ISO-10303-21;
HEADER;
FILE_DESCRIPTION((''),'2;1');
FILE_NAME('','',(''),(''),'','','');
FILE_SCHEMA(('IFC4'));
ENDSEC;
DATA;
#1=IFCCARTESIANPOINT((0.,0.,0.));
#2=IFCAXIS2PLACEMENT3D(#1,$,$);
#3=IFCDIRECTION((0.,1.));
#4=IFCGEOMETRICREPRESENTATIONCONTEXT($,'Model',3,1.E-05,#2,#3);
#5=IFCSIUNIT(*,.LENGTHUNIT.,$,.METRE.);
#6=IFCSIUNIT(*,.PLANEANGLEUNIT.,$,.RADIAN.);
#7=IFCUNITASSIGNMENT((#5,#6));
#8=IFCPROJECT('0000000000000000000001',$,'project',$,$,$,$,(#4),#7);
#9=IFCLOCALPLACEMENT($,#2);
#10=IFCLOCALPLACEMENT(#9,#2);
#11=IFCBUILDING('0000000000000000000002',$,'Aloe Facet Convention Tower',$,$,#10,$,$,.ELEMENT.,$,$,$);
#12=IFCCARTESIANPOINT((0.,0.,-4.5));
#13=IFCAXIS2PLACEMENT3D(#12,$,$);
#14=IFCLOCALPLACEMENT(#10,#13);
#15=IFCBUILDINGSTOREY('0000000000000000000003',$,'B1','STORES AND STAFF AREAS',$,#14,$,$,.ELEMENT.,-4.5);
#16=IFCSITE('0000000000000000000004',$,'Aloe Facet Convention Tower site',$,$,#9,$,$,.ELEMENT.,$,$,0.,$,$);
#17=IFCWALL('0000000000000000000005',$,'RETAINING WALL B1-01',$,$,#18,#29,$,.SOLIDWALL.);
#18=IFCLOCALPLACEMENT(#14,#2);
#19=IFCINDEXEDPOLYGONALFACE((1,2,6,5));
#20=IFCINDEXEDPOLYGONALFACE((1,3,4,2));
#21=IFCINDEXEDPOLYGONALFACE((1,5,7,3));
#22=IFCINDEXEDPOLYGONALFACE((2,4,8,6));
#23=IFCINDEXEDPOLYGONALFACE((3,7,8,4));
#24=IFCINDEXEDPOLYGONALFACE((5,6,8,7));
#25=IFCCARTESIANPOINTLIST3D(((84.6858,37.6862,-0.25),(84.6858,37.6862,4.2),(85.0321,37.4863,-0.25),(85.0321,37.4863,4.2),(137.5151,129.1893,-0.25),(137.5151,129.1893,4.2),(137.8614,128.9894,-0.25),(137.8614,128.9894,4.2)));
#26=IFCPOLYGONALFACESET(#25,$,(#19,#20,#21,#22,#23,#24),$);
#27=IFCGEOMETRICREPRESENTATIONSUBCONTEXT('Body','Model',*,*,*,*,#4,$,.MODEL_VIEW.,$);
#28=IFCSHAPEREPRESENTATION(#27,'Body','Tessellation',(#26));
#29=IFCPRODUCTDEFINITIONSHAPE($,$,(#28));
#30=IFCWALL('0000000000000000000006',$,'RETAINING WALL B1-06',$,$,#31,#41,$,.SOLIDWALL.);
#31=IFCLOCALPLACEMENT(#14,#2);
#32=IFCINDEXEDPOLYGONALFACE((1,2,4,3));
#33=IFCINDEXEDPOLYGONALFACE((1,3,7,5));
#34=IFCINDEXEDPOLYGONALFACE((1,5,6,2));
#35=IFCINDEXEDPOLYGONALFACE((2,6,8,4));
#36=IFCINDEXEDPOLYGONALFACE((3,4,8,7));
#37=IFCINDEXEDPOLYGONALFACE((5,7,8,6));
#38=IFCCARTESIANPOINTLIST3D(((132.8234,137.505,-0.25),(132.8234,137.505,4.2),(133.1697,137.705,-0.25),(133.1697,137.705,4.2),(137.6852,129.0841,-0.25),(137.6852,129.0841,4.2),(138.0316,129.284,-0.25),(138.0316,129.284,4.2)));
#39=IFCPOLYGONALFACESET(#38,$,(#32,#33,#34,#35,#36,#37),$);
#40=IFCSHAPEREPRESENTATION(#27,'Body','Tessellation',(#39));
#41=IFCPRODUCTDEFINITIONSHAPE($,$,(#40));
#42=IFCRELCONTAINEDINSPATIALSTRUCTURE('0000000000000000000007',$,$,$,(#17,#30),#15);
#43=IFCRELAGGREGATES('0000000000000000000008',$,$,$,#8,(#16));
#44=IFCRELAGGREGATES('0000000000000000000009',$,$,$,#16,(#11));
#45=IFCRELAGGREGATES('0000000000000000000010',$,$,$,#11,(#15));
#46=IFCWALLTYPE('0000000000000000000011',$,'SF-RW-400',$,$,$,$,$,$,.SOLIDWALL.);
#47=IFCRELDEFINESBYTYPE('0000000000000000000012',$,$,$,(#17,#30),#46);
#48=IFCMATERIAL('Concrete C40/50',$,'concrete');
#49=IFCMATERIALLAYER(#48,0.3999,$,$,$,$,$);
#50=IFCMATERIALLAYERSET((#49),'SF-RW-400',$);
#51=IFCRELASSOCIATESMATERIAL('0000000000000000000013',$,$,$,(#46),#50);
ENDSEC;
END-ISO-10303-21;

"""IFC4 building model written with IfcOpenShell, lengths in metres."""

from ifc_helpers import new_model, si_unit, direction, frame, frame_2d, origin, place, context, subcontext, project, spatial, rectangle, extrude, material, layer, layer_set, type_object, element, save


model = new_model("IFC4")

# Units and contexts
model_context = context("Model", 3, precision=1e-05, world=origin(), true_north=direction((0.0, 1.0)))
body_context = subcontext(model_context, "Body", "Model", "MODEL_VIEW")
ifc_project = project(units=[si_unit("LENGTHUNIT", "METRE"), si_unit("PLANEANGLEUNIT", "RADIAN")], contexts=[model_context])

# Site, building, storey
site_placement = place(None, origin())
site = spatial("IfcSite", under=ifc_project, at=site_placement, Name="Aloe Facet Convention Tower site", CompositionType="ELEMENT", RefElevation=0.0)
building_placement = place(site_placement, origin())
building = spatial("IfcBuilding", under=site, at=building_placement, Name="Aloe Facet Convention Tower", CompositionType="ELEMENT")
storey_placement = place(building_placement, frame((0.0, 0.0, -4.5)))
storey = spatial("IfcBuildingStorey", under=building, at=storey_placement, Name="B1", Description="STORES AND STAFF AREAS", CompositionType="ELEMENT", Elevation=-4.5)

# Walls
ifc_material_1 = material(Name="Concrete C40/50", Category="concrete")
ifc_layer = layer(ifc_material_1, 0.3999)
ifc_layer_set = layer_set([ifc_layer], Name="SF-RW-400")
wall_type = type_object("IfcWallType", Name="SF-RW-400", PredefinedType="SOLIDWALL", material=ifc_layer_set)
wall_1_placement = place(storey_placement, frame((137.6882, 129.0894, -0.25), z_axis=(0.0, 0.0, 1.0), x_axis=(-0.5, -0.866026, 0.0)))
element("IfcWall", 1, at=wall_1_placement, inside=storey, type_object=wall_type, Name="RETAINING WALL B1-01", PredefinedType="SOLIDWALL", context=body_context, shape_type="SweptSolid", body=[
    extrude(rectangle(XDim=105.6587, YDim=0.3999, at=frame_2d((52.8293, 0.0))), origin(), (0.0, 0.0, 1.0), 4.45),
])
wall_2_placement = place(storey_placement, frame((132.9966, 137.605, -0.25), z_axis=(0.0, 0.0, 1.0), x_axis=(0.500001, -0.866025, 0.0)))
element("IfcWall", 2, at=wall_2_placement, inside=storey, type_object=wall_type, Name="RETAINING WALL B1-06", PredefinedType="SOLIDWALL", context=body_context, shape_type="SweptSolid", body=[
    extrude(rectangle(XDim=9.7236, YDim=0.3999, at=frame_2d((4.8618, 0.0))), origin(), (0.0, 0.0, 1.0), 4.45),
])

save(model, "model.ifc")
